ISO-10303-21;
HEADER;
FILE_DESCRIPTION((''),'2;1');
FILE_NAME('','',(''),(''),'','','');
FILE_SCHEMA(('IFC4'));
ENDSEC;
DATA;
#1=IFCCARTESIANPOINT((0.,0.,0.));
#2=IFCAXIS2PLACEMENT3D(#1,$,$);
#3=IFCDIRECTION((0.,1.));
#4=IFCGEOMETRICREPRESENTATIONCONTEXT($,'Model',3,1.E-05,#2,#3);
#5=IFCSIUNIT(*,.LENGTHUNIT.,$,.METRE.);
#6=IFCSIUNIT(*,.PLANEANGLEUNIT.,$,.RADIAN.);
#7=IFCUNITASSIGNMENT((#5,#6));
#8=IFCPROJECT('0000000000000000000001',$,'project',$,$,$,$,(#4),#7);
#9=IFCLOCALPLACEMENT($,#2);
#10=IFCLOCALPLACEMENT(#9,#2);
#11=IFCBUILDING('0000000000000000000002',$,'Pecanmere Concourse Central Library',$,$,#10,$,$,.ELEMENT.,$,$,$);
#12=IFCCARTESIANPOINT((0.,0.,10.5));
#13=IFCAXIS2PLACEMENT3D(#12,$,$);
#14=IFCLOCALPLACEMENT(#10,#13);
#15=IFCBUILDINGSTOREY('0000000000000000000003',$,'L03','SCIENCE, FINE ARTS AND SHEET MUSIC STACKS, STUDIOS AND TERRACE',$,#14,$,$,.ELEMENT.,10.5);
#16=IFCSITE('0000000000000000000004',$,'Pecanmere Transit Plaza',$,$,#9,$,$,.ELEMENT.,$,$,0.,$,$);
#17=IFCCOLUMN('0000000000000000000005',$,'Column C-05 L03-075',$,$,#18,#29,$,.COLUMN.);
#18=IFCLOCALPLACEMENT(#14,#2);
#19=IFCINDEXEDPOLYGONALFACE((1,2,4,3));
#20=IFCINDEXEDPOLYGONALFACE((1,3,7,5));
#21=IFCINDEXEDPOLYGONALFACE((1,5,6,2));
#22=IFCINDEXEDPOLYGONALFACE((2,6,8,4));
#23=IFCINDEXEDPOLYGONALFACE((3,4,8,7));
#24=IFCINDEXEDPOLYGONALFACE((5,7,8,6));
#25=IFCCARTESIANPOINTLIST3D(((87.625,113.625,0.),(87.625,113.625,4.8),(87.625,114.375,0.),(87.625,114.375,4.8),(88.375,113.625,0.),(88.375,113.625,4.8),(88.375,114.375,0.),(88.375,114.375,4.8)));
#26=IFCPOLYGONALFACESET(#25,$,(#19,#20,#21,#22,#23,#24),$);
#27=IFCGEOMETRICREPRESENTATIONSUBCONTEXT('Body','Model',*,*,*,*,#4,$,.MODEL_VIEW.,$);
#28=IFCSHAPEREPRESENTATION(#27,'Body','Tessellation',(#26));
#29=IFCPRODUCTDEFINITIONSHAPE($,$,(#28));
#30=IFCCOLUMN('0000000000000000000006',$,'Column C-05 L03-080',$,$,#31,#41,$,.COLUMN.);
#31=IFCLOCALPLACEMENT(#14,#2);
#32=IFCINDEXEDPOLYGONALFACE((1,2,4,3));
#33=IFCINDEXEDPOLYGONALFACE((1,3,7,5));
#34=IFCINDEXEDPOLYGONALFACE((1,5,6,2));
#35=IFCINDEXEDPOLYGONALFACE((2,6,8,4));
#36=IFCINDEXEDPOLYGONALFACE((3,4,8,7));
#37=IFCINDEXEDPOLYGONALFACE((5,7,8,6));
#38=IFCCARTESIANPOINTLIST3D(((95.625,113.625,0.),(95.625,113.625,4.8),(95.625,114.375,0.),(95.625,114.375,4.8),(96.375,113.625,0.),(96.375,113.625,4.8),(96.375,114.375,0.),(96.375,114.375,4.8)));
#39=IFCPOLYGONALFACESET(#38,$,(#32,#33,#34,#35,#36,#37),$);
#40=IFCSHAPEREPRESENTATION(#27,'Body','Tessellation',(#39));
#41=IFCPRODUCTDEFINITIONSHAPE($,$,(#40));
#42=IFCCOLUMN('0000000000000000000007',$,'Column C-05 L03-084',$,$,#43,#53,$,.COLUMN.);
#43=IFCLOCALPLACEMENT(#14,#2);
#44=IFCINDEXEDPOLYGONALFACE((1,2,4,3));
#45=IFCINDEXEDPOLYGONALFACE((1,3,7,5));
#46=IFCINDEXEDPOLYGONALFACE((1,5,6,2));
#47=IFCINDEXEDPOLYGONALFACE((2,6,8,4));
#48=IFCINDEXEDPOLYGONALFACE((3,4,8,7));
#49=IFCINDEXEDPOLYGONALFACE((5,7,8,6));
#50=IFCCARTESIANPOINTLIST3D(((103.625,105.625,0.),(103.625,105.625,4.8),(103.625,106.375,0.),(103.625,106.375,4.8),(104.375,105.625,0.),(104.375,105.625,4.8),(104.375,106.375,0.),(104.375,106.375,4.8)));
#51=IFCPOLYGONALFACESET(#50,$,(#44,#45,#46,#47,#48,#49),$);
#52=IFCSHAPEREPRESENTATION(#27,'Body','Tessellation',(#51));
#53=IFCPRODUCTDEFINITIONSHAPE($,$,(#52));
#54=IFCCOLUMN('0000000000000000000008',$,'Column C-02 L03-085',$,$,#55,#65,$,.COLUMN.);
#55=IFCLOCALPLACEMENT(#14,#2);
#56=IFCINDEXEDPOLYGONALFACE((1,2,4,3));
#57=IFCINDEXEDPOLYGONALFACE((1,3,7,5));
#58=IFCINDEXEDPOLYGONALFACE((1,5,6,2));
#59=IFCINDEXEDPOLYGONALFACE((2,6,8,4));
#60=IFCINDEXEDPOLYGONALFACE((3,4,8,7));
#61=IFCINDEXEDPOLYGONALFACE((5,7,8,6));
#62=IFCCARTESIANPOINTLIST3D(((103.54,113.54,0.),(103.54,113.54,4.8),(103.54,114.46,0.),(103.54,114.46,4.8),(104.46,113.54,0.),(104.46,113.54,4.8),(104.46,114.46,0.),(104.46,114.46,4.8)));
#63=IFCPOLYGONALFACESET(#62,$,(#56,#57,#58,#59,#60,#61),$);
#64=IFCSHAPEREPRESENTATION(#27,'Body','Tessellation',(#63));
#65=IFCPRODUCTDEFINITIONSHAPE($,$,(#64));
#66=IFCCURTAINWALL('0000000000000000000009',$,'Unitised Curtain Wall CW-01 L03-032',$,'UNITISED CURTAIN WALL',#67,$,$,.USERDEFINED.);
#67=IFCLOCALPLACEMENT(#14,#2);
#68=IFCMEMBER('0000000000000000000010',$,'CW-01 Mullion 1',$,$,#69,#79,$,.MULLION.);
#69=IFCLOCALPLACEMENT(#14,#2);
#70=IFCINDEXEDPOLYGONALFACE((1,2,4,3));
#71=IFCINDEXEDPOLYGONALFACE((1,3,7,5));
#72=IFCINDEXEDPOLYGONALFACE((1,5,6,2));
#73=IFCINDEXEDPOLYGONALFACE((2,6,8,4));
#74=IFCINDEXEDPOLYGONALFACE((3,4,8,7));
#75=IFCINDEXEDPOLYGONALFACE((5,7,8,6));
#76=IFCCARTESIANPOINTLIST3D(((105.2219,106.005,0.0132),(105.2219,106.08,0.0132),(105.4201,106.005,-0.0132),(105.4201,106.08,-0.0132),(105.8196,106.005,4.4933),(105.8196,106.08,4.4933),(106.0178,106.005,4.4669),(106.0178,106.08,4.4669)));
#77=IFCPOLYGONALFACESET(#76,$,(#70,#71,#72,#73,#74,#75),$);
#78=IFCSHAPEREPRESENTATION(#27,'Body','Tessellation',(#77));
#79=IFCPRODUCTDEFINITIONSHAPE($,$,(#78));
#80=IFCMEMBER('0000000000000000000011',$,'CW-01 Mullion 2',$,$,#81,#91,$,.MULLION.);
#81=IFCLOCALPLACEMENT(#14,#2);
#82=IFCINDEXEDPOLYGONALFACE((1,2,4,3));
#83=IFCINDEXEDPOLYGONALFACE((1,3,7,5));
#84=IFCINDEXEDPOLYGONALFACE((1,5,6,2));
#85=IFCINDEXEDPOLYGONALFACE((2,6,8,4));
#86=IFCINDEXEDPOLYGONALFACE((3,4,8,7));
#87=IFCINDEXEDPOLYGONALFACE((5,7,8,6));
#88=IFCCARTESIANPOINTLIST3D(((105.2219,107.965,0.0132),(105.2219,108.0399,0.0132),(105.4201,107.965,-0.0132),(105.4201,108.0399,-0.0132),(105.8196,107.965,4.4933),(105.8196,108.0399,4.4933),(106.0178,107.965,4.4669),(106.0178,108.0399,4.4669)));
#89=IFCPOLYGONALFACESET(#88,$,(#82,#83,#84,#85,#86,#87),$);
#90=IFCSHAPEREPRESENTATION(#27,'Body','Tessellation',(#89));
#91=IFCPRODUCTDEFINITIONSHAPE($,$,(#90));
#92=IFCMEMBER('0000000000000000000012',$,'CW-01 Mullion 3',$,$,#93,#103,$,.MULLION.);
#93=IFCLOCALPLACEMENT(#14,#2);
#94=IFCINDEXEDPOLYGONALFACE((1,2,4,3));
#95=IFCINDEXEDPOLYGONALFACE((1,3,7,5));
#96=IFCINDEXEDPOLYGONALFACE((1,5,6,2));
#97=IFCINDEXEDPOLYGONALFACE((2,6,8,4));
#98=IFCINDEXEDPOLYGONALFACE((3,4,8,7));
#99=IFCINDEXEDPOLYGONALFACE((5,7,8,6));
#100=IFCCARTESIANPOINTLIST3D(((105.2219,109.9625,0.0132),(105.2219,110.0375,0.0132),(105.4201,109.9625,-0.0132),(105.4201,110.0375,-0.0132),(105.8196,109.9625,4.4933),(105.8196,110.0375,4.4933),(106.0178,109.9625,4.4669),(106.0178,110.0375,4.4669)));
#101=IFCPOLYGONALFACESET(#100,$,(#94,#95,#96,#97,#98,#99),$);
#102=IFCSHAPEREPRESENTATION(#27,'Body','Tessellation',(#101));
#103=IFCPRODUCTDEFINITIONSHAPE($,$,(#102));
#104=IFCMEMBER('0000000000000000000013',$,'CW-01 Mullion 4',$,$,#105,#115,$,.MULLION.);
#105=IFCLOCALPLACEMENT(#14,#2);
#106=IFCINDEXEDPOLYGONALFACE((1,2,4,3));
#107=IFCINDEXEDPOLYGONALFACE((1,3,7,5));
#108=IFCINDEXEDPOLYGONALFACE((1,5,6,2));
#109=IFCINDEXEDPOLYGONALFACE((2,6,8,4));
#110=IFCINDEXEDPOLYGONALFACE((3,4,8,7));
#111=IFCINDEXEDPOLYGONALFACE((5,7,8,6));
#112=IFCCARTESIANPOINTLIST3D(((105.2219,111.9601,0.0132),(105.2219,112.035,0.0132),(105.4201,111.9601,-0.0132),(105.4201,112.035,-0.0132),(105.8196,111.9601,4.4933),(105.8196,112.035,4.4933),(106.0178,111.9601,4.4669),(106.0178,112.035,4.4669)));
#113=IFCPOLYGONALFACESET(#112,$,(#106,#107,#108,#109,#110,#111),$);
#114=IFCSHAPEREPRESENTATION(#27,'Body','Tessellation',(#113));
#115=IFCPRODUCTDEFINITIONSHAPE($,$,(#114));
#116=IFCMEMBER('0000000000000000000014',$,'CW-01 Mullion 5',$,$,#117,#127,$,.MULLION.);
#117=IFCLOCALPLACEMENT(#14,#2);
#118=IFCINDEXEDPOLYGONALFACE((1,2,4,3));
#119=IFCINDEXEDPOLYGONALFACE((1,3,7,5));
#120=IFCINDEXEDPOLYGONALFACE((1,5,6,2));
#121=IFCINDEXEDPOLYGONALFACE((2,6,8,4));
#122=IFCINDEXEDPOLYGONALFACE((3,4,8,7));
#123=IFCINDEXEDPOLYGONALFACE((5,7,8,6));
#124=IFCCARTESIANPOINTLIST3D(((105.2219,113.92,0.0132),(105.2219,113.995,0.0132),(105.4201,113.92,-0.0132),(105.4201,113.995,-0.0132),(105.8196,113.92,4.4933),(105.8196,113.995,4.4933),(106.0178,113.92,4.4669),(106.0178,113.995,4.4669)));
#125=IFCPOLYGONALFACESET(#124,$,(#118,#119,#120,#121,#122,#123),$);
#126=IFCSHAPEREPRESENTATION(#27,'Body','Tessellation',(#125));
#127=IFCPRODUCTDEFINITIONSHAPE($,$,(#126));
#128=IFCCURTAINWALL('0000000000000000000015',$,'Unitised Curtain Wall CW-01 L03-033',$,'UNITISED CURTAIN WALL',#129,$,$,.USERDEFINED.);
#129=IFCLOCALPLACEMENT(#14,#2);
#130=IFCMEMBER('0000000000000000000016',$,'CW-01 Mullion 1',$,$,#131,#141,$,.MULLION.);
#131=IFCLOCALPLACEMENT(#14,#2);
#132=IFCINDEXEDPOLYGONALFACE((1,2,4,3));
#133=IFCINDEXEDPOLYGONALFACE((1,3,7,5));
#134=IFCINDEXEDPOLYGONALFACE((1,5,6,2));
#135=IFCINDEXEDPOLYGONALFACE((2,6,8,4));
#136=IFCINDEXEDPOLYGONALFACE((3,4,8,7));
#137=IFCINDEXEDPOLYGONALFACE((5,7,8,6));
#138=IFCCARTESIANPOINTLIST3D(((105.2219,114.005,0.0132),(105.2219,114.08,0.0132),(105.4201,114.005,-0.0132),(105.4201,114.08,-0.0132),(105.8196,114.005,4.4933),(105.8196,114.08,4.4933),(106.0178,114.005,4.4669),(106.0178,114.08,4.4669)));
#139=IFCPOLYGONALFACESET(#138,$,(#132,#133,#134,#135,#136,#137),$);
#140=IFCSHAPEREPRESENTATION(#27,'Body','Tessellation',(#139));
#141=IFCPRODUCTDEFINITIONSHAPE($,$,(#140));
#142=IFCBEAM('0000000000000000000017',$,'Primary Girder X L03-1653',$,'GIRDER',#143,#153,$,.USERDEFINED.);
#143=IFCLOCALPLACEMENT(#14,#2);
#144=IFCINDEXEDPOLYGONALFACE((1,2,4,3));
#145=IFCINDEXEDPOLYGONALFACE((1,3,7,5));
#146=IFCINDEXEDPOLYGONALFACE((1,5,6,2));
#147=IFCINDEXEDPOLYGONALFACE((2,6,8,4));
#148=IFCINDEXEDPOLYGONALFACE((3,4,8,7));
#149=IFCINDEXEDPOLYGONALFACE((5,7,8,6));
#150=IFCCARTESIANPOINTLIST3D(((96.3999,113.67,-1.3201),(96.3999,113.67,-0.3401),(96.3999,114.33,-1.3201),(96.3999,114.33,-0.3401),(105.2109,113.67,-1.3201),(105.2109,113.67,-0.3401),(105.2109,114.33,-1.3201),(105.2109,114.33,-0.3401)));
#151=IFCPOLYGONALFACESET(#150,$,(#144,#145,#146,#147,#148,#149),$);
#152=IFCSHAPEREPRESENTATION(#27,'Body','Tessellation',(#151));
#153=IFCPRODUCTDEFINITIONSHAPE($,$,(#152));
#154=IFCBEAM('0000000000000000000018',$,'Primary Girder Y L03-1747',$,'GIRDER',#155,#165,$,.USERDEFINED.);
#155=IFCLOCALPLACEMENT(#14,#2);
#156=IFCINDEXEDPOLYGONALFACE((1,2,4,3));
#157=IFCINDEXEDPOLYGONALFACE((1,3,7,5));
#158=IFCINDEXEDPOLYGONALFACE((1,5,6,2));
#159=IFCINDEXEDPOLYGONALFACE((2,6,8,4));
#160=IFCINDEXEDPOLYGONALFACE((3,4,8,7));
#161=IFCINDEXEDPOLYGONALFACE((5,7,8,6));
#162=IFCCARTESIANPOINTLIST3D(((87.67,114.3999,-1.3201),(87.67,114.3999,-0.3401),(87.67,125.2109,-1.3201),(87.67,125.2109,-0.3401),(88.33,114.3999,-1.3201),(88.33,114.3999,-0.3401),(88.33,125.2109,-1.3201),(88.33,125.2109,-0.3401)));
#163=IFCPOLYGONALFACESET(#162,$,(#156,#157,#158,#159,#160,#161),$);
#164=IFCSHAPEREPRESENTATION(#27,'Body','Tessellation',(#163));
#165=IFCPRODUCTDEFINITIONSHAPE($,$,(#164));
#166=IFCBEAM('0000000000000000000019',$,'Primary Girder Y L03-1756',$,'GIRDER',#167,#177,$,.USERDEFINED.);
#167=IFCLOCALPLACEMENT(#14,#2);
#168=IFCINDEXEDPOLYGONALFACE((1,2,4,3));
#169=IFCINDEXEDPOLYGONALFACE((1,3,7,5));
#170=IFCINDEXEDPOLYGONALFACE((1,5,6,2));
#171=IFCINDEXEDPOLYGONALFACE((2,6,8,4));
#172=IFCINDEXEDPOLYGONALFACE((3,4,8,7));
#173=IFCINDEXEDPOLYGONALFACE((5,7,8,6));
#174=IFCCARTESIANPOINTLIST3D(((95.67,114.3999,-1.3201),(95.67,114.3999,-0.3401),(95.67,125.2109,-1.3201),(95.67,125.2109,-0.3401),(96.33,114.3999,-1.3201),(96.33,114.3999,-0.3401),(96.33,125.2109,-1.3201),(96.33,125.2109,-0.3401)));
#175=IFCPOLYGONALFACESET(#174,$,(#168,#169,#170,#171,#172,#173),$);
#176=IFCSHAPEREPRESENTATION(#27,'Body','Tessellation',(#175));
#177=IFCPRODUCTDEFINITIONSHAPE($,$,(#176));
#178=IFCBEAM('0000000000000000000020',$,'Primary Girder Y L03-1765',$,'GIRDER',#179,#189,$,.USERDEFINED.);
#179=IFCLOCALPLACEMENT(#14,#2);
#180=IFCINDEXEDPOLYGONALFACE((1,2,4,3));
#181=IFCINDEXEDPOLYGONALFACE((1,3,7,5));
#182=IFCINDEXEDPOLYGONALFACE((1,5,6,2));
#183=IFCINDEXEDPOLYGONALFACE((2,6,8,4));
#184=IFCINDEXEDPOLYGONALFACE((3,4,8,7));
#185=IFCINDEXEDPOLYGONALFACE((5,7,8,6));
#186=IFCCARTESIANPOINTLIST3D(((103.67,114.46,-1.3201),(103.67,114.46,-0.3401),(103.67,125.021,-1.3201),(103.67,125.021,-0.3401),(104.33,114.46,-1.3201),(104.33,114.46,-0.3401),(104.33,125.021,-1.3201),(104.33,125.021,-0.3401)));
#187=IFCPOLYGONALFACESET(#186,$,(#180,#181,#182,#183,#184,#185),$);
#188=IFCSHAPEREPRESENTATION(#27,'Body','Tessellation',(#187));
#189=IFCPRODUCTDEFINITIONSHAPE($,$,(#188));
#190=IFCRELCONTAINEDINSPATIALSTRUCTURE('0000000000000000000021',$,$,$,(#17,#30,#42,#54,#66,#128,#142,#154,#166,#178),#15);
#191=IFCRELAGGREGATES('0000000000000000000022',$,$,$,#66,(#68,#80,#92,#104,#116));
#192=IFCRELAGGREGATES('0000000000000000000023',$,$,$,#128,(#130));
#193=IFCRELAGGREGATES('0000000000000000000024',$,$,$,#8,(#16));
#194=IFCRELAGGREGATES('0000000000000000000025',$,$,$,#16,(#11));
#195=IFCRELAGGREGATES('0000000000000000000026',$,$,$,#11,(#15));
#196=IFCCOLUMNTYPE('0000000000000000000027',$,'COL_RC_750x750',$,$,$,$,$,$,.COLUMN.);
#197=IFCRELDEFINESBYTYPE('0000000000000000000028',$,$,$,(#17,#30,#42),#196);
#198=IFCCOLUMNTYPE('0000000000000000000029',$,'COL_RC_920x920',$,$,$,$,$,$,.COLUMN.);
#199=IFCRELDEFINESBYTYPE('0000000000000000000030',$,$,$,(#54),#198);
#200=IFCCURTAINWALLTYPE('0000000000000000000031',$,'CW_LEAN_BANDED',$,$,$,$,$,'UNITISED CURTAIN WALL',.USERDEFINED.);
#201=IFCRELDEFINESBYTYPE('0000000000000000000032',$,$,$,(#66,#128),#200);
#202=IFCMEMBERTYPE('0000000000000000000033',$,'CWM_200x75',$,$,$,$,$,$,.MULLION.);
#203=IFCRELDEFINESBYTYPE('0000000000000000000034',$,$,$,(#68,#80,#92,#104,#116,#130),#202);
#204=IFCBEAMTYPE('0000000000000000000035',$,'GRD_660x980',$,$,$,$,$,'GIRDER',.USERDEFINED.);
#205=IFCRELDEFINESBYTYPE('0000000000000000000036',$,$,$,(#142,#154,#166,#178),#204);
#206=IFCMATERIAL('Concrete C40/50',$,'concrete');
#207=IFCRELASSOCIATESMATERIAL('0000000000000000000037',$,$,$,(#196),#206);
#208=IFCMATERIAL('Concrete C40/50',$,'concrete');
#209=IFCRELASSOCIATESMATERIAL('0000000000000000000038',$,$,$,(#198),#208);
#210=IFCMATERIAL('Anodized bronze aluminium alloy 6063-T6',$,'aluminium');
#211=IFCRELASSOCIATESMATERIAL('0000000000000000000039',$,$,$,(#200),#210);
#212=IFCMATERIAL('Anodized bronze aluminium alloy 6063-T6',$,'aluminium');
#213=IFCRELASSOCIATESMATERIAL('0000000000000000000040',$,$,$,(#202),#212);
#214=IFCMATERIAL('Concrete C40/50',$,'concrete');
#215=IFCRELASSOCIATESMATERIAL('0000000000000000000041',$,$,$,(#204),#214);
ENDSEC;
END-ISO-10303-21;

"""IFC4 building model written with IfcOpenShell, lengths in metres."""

from ifc_helpers import new_model, si_unit, direction, frame, origin, origin_2d, place, context, subcontext, project, spatial, rectangle, extrude, material, material_profile, profile_set, type_object, element, aggregate, save


model = new_model("IFC4")

# Units and contexts
model_context = context("Model", 3, precision=1e-05, world=origin(), true_north=direction((0.0, 1.0)))
body_context = subcontext(model_context, "Body", "Model", "MODEL_VIEW")
ifc_project = project(units=[si_unit("LENGTHUNIT", "METRE"), si_unit("PLANEANGLEUNIT", "RADIAN")], contexts=[model_context])

# Site, building, storey
site_placement = place(None, origin())
site = spatial("IfcSite", under=ifc_project, at=site_placement, Name="Pecanmere Transit Plaza", CompositionType="ELEMENT", RefElevation=0.0)
building_placement = place(site_placement, origin())
building = spatial("IfcBuilding", under=site, at=building_placement, Name="Pecanmere Concourse Central Library", CompositionType="ELEMENT")
storey_placement = place(building_placement, frame((0.0, 0.0, 10.5)))
storey = spatial("IfcBuildingStorey", under=building, at=storey_placement, Name="L03", Description="SCIENCE, FINE ARTS AND SHEET MUSIC STACKS, STUDIOS AND TERRACE", CompositionType="ELEMENT", Elevation=10.5)

# Columns
ifc_material_1 = material(Name="Concrete C40/50", Category="concrete")
ifc_material_profile_1 = material_profile(ifc_material_1, rectangle(XDim=0.75, YDim=0.75, at=origin_2d()), Name="RC 750x750")
ifc_profile_set_1 = profile_set([ifc_material_profile_1], Name="Concrete C40/50")
column_type_1 = type_object("IfcColumnType", Name="COL_RC_750x750", PredefinedType="COLUMN", material=ifc_profile_set_1)
for number, where, z_axis, x_axis, name in (
    (1, (88.0, 114.0, 0.0), (0.0, 0.0, 1.0), (1.0, 0.0, 0.0), "Column C-05 L03-075"),
    (2, (96.0, 114.0, 0.0), (0.0, 0.0, 1.0), (1.0, 0.0, 0.0), "Column C-05 L03-080"),
    (3, (104.0, 106.0, 0.0), (0.0, 0.0, 1.0), (1.0, 0.0, 0.0), "Column C-05 L03-084"),
):
    element("IfcColumn", number, at=place(storey_placement, frame(where, z_axis=z_axis, x_axis=x_axis)), inside=storey, type_object=column_type_1, Name=name, PredefinedType="COLUMN", context=body_context, shape_type="SweptSolid", body=[
        extrude(rectangle(XDim=0.75, YDim=0.75, at=origin_2d()), origin(), (0.0, 0.0, 1.0), 4.8),
    ])
ifc_material_2 = material(Name="Concrete C40/50", Category="concrete")
ifc_material_profile_2 = material_profile(ifc_material_2, rectangle(XDim=0.9199, YDim=0.9199, at=origin_2d()), Name="RC 920x920")
ifc_profile_set_2 = profile_set([ifc_material_profile_2], Name="Concrete C40/50")
column_type_2 = type_object("IfcColumnType", Name="COL_RC_920x920", PredefinedType="COLUMN", material=ifc_profile_set_2)
column_placement = place(storey_placement, frame((104.0, 114.0, 0.0), z_axis=(0.0, 0.0, 1.0), x_axis=(1.0, 0.0, 0.0)))
element("IfcColumn", 4, at=column_placement, inside=storey, type_object=column_type_2, Name="Column C-02 L03-085", PredefinedType="COLUMN", context=body_context, shape_type="SweptSolid", body=[
    extrude(rectangle(XDim=0.9199, YDim=0.9199, at=origin_2d()), origin(), (0.0, 0.0, 1.0), 4.8),
])

# Curtain wall, members
ifc_material_3 = material(Name="Anodized bronze aluminium alloy 6063-T6", Category="aluminium")
curtain_wall_type = type_object("IfcCurtainWallType", Name="CW_LEAN_BANDED", ElementType="UNITISED CURTAIN WALL", PredefinedType="USERDEFINED", material=ifc_material_3)
curtain_wall_1_placement = place(storey_placement, origin())
curtain_wall_1 = element("IfcCurtainWall", 5, at=curtain_wall_1_placement, inside=storey, type_object=curtain_wall_type, Name="Unitised Curtain Wall CW-01 L03-032", ObjectType="UNITISED CURTAIN WALL", PredefinedType="USERDEFINED")
ifc_material_4 = material(Name="Anodized bronze aluminium alloy 6063-T6", Category="aluminium")
ifc_material_profile_3 = material_profile(ifc_material_4, rectangle(XDim=0.075, YDim=0.2, at=origin_2d()), Name="AL 75x200")
ifc_profile_set_3 = profile_set([ifc_material_profile_3], Name="Anodized bronze aluminium alloy 6063-T6")
member_type = type_object("IfcMemberType", Name="CWM_200x75", PredefinedType="MULLION", material=ifc_profile_set_3)
member_1_placement = place(storey_placement, frame((105.321, 106.0425, 0.0), z_axis=(0.132234, 0.0, 0.991218), x_axis=(0.0, 1.0, 0.0)))
member_1 = element("IfcMember", 6, at=member_1_placement, type_object=member_type, Name="CW-01 Mullion 1", PredefinedType="MULLION", context=body_context, shape_type="SweptSolid", body=[
    extrude(rectangle(XDim=0.075, YDim=0.2, at=origin_2d()), origin(), (0.0, 0.0, 1.0), 4.5198),
])
member_2_placement = place(storey_placement, frame((105.321, 108.0024, 0.0), z_axis=(0.132234, 0.0, 0.991218), x_axis=(0.0, 1.0, 0.0)))
member_2 = element("IfcMember", 7, at=member_2_placement, type_object=member_type, Name="CW-01 Mullion 2", PredefinedType="MULLION", context=body_context, shape_type="SweptSolid", body=[
    extrude(rectangle(XDim=0.075, YDim=0.2, at=origin_2d()), origin(), (0.0, 0.0, 1.0), 4.5198),
])
member_3_placement = place(storey_placement, frame((105.321, 110.0, 0.0), z_axis=(0.132234, 0.0, 0.991218), x_axis=(0.0, 1.0, 0.0)))
member_3 = element("IfcMember", 8, at=member_3_placement, type_object=member_type, Name="CW-01 Mullion 3", PredefinedType="MULLION", context=body_context, shape_type="SweptSolid", body=[
    extrude(rectangle(XDim=0.075, YDim=0.2, at=origin_2d()), origin(), (0.0, 0.0, 1.0), 4.5198),
])
member_4_placement = place(storey_placement, frame((105.321, 111.9976, 0.0), z_axis=(0.132234, 0.0, 0.991218), x_axis=(0.0, 1.0, 0.0)))
member_4 = element("IfcMember", 9, at=member_4_placement, type_object=member_type, Name="CW-01 Mullion 4", PredefinedType="MULLION", context=body_context, shape_type="SweptSolid", body=[
    extrude(rectangle(XDim=0.075, YDim=0.2, at=origin_2d()), origin(), (0.0, 0.0, 1.0), 4.5198),
])
member_5_placement = place(storey_placement, frame((105.321, 113.9575, 0.0), z_axis=(0.132234, 0.0, 0.991218), x_axis=(0.0, 1.0, 0.0)))
member_5 = element("IfcMember", 10, at=member_5_placement, type_object=member_type, Name="CW-01 Mullion 5", PredefinedType="MULLION", context=body_context, shape_type="SweptSolid", body=[
    extrude(rectangle(XDim=0.075, YDim=0.2, at=origin_2d()), origin(), (0.0, 0.0, 1.0), 4.5198),
])
aggregate(curtain_wall_1, [member_1, member_2, member_3, member_4, member_5])

# Curtain wall, member
curtain_wall_2_placement = place(storey_placement, origin())
curtain_wall_2 = element("IfcCurtainWall", 11, at=curtain_wall_2_placement, inside=storey, type_object=curtain_wall_type, Name="Unitised Curtain Wall CW-01 L03-033", ObjectType="UNITISED CURTAIN WALL", PredefinedType="USERDEFINED")
member_6_placement = place(storey_placement, frame((105.321, 114.0425, 0.0), z_axis=(0.132234, 0.0, 0.991218), x_axis=(0.0, 1.0, 0.0)))
member_6 = element("IfcMember", 12, at=member_6_placement, type_object=member_type, Name="CW-01 Mullion 1", PredefinedType="MULLION", context=body_context, shape_type="SweptSolid", body=[
    extrude(rectangle(XDim=0.075, YDim=0.2, at=origin_2d()), origin(), (0.0, 0.0, 1.0), 4.5198),
])
aggregate(curtain_wall_2, [member_6])

# Beams
ifc_material_5 = material(Name="Concrete C40/50", Category="concrete")
ifc_material_profile_4 = material_profile(ifc_material_5, rectangle(XDim=0.6599, YDim=0.98, at=origin_2d()), Name="RC 660x980")
ifc_profile_set_4 = profile_set([ifc_material_profile_4], Name="Concrete C40/50")
beam_type_1 = type_object("IfcBeamType", Name="GRD_660x980", ElementType="GIRDER", PredefinedType="USERDEFINED", material=ifc_profile_set_4)
beam_1_placement = place(storey_placement, frame((96.3999, 114.0, -0.8301), z_axis=(1.0, 0.0, 0.0), x_axis=(0.0, 1.0, 0.0)))
element("IfcBeam", 13, at=beam_1_placement, inside=storey, type_object=beam_type_1, Name="Primary Girder X L03-1653", ObjectType="GIRDER", PredefinedType="USERDEFINED", context=body_context, shape_type="SweptSolid", body=[
    extrude(rectangle(XDim=0.6599, YDim=0.98, at=origin_2d()), origin(), (0.0, 0.0, 1.0), 8.811),
])
for number, where, z_axis, x_axis, name in (
    (14, (88.0, 114.3999, -0.8301), (0.0, 1.0, 0.0), (-1.0, 0.0, 0.0), "Primary Girder Y L03-1747"),
    (15, (96.0, 114.3999, -0.8301), (0.0, 1.0, 0.0), (-1.0, 0.0, 0.0), "Primary Girder Y L03-1756"),
):
    element("IfcBeam", number, at=place(storey_placement, frame(where, z_axis=z_axis, x_axis=x_axis)), inside=storey, type_object=beam_type_1, Name=name, ObjectType="GIRDER", PredefinedType="USERDEFINED", context=body_context, shape_type="SweptSolid", body=[
        extrude(rectangle(XDim=0.6599, YDim=0.98, at=origin_2d()), origin(), (0.0, 0.0, 1.0), 10.811),
    ])
beam_2_placement = place(storey_placement, frame((104.0, 114.46, -0.8301), z_axis=(0.0, 1.0, 0.0), x_axis=(-1.0, 0.0, 0.0)))
element("IfcBeam", 16, at=beam_2_placement, inside=storey, type_object=beam_type_1, Name="Primary Girder Y L03-1765", ObjectType="GIRDER", PredefinedType="USERDEFINED", context=body_context, shape_type="SweptSolid", body=[
    extrude(rectangle(XDim=0.6599, YDim=0.98, at=origin_2d()), origin(), (0.0, 0.0, 1.0), 10.561),
])

save(model, "model.ifc")
